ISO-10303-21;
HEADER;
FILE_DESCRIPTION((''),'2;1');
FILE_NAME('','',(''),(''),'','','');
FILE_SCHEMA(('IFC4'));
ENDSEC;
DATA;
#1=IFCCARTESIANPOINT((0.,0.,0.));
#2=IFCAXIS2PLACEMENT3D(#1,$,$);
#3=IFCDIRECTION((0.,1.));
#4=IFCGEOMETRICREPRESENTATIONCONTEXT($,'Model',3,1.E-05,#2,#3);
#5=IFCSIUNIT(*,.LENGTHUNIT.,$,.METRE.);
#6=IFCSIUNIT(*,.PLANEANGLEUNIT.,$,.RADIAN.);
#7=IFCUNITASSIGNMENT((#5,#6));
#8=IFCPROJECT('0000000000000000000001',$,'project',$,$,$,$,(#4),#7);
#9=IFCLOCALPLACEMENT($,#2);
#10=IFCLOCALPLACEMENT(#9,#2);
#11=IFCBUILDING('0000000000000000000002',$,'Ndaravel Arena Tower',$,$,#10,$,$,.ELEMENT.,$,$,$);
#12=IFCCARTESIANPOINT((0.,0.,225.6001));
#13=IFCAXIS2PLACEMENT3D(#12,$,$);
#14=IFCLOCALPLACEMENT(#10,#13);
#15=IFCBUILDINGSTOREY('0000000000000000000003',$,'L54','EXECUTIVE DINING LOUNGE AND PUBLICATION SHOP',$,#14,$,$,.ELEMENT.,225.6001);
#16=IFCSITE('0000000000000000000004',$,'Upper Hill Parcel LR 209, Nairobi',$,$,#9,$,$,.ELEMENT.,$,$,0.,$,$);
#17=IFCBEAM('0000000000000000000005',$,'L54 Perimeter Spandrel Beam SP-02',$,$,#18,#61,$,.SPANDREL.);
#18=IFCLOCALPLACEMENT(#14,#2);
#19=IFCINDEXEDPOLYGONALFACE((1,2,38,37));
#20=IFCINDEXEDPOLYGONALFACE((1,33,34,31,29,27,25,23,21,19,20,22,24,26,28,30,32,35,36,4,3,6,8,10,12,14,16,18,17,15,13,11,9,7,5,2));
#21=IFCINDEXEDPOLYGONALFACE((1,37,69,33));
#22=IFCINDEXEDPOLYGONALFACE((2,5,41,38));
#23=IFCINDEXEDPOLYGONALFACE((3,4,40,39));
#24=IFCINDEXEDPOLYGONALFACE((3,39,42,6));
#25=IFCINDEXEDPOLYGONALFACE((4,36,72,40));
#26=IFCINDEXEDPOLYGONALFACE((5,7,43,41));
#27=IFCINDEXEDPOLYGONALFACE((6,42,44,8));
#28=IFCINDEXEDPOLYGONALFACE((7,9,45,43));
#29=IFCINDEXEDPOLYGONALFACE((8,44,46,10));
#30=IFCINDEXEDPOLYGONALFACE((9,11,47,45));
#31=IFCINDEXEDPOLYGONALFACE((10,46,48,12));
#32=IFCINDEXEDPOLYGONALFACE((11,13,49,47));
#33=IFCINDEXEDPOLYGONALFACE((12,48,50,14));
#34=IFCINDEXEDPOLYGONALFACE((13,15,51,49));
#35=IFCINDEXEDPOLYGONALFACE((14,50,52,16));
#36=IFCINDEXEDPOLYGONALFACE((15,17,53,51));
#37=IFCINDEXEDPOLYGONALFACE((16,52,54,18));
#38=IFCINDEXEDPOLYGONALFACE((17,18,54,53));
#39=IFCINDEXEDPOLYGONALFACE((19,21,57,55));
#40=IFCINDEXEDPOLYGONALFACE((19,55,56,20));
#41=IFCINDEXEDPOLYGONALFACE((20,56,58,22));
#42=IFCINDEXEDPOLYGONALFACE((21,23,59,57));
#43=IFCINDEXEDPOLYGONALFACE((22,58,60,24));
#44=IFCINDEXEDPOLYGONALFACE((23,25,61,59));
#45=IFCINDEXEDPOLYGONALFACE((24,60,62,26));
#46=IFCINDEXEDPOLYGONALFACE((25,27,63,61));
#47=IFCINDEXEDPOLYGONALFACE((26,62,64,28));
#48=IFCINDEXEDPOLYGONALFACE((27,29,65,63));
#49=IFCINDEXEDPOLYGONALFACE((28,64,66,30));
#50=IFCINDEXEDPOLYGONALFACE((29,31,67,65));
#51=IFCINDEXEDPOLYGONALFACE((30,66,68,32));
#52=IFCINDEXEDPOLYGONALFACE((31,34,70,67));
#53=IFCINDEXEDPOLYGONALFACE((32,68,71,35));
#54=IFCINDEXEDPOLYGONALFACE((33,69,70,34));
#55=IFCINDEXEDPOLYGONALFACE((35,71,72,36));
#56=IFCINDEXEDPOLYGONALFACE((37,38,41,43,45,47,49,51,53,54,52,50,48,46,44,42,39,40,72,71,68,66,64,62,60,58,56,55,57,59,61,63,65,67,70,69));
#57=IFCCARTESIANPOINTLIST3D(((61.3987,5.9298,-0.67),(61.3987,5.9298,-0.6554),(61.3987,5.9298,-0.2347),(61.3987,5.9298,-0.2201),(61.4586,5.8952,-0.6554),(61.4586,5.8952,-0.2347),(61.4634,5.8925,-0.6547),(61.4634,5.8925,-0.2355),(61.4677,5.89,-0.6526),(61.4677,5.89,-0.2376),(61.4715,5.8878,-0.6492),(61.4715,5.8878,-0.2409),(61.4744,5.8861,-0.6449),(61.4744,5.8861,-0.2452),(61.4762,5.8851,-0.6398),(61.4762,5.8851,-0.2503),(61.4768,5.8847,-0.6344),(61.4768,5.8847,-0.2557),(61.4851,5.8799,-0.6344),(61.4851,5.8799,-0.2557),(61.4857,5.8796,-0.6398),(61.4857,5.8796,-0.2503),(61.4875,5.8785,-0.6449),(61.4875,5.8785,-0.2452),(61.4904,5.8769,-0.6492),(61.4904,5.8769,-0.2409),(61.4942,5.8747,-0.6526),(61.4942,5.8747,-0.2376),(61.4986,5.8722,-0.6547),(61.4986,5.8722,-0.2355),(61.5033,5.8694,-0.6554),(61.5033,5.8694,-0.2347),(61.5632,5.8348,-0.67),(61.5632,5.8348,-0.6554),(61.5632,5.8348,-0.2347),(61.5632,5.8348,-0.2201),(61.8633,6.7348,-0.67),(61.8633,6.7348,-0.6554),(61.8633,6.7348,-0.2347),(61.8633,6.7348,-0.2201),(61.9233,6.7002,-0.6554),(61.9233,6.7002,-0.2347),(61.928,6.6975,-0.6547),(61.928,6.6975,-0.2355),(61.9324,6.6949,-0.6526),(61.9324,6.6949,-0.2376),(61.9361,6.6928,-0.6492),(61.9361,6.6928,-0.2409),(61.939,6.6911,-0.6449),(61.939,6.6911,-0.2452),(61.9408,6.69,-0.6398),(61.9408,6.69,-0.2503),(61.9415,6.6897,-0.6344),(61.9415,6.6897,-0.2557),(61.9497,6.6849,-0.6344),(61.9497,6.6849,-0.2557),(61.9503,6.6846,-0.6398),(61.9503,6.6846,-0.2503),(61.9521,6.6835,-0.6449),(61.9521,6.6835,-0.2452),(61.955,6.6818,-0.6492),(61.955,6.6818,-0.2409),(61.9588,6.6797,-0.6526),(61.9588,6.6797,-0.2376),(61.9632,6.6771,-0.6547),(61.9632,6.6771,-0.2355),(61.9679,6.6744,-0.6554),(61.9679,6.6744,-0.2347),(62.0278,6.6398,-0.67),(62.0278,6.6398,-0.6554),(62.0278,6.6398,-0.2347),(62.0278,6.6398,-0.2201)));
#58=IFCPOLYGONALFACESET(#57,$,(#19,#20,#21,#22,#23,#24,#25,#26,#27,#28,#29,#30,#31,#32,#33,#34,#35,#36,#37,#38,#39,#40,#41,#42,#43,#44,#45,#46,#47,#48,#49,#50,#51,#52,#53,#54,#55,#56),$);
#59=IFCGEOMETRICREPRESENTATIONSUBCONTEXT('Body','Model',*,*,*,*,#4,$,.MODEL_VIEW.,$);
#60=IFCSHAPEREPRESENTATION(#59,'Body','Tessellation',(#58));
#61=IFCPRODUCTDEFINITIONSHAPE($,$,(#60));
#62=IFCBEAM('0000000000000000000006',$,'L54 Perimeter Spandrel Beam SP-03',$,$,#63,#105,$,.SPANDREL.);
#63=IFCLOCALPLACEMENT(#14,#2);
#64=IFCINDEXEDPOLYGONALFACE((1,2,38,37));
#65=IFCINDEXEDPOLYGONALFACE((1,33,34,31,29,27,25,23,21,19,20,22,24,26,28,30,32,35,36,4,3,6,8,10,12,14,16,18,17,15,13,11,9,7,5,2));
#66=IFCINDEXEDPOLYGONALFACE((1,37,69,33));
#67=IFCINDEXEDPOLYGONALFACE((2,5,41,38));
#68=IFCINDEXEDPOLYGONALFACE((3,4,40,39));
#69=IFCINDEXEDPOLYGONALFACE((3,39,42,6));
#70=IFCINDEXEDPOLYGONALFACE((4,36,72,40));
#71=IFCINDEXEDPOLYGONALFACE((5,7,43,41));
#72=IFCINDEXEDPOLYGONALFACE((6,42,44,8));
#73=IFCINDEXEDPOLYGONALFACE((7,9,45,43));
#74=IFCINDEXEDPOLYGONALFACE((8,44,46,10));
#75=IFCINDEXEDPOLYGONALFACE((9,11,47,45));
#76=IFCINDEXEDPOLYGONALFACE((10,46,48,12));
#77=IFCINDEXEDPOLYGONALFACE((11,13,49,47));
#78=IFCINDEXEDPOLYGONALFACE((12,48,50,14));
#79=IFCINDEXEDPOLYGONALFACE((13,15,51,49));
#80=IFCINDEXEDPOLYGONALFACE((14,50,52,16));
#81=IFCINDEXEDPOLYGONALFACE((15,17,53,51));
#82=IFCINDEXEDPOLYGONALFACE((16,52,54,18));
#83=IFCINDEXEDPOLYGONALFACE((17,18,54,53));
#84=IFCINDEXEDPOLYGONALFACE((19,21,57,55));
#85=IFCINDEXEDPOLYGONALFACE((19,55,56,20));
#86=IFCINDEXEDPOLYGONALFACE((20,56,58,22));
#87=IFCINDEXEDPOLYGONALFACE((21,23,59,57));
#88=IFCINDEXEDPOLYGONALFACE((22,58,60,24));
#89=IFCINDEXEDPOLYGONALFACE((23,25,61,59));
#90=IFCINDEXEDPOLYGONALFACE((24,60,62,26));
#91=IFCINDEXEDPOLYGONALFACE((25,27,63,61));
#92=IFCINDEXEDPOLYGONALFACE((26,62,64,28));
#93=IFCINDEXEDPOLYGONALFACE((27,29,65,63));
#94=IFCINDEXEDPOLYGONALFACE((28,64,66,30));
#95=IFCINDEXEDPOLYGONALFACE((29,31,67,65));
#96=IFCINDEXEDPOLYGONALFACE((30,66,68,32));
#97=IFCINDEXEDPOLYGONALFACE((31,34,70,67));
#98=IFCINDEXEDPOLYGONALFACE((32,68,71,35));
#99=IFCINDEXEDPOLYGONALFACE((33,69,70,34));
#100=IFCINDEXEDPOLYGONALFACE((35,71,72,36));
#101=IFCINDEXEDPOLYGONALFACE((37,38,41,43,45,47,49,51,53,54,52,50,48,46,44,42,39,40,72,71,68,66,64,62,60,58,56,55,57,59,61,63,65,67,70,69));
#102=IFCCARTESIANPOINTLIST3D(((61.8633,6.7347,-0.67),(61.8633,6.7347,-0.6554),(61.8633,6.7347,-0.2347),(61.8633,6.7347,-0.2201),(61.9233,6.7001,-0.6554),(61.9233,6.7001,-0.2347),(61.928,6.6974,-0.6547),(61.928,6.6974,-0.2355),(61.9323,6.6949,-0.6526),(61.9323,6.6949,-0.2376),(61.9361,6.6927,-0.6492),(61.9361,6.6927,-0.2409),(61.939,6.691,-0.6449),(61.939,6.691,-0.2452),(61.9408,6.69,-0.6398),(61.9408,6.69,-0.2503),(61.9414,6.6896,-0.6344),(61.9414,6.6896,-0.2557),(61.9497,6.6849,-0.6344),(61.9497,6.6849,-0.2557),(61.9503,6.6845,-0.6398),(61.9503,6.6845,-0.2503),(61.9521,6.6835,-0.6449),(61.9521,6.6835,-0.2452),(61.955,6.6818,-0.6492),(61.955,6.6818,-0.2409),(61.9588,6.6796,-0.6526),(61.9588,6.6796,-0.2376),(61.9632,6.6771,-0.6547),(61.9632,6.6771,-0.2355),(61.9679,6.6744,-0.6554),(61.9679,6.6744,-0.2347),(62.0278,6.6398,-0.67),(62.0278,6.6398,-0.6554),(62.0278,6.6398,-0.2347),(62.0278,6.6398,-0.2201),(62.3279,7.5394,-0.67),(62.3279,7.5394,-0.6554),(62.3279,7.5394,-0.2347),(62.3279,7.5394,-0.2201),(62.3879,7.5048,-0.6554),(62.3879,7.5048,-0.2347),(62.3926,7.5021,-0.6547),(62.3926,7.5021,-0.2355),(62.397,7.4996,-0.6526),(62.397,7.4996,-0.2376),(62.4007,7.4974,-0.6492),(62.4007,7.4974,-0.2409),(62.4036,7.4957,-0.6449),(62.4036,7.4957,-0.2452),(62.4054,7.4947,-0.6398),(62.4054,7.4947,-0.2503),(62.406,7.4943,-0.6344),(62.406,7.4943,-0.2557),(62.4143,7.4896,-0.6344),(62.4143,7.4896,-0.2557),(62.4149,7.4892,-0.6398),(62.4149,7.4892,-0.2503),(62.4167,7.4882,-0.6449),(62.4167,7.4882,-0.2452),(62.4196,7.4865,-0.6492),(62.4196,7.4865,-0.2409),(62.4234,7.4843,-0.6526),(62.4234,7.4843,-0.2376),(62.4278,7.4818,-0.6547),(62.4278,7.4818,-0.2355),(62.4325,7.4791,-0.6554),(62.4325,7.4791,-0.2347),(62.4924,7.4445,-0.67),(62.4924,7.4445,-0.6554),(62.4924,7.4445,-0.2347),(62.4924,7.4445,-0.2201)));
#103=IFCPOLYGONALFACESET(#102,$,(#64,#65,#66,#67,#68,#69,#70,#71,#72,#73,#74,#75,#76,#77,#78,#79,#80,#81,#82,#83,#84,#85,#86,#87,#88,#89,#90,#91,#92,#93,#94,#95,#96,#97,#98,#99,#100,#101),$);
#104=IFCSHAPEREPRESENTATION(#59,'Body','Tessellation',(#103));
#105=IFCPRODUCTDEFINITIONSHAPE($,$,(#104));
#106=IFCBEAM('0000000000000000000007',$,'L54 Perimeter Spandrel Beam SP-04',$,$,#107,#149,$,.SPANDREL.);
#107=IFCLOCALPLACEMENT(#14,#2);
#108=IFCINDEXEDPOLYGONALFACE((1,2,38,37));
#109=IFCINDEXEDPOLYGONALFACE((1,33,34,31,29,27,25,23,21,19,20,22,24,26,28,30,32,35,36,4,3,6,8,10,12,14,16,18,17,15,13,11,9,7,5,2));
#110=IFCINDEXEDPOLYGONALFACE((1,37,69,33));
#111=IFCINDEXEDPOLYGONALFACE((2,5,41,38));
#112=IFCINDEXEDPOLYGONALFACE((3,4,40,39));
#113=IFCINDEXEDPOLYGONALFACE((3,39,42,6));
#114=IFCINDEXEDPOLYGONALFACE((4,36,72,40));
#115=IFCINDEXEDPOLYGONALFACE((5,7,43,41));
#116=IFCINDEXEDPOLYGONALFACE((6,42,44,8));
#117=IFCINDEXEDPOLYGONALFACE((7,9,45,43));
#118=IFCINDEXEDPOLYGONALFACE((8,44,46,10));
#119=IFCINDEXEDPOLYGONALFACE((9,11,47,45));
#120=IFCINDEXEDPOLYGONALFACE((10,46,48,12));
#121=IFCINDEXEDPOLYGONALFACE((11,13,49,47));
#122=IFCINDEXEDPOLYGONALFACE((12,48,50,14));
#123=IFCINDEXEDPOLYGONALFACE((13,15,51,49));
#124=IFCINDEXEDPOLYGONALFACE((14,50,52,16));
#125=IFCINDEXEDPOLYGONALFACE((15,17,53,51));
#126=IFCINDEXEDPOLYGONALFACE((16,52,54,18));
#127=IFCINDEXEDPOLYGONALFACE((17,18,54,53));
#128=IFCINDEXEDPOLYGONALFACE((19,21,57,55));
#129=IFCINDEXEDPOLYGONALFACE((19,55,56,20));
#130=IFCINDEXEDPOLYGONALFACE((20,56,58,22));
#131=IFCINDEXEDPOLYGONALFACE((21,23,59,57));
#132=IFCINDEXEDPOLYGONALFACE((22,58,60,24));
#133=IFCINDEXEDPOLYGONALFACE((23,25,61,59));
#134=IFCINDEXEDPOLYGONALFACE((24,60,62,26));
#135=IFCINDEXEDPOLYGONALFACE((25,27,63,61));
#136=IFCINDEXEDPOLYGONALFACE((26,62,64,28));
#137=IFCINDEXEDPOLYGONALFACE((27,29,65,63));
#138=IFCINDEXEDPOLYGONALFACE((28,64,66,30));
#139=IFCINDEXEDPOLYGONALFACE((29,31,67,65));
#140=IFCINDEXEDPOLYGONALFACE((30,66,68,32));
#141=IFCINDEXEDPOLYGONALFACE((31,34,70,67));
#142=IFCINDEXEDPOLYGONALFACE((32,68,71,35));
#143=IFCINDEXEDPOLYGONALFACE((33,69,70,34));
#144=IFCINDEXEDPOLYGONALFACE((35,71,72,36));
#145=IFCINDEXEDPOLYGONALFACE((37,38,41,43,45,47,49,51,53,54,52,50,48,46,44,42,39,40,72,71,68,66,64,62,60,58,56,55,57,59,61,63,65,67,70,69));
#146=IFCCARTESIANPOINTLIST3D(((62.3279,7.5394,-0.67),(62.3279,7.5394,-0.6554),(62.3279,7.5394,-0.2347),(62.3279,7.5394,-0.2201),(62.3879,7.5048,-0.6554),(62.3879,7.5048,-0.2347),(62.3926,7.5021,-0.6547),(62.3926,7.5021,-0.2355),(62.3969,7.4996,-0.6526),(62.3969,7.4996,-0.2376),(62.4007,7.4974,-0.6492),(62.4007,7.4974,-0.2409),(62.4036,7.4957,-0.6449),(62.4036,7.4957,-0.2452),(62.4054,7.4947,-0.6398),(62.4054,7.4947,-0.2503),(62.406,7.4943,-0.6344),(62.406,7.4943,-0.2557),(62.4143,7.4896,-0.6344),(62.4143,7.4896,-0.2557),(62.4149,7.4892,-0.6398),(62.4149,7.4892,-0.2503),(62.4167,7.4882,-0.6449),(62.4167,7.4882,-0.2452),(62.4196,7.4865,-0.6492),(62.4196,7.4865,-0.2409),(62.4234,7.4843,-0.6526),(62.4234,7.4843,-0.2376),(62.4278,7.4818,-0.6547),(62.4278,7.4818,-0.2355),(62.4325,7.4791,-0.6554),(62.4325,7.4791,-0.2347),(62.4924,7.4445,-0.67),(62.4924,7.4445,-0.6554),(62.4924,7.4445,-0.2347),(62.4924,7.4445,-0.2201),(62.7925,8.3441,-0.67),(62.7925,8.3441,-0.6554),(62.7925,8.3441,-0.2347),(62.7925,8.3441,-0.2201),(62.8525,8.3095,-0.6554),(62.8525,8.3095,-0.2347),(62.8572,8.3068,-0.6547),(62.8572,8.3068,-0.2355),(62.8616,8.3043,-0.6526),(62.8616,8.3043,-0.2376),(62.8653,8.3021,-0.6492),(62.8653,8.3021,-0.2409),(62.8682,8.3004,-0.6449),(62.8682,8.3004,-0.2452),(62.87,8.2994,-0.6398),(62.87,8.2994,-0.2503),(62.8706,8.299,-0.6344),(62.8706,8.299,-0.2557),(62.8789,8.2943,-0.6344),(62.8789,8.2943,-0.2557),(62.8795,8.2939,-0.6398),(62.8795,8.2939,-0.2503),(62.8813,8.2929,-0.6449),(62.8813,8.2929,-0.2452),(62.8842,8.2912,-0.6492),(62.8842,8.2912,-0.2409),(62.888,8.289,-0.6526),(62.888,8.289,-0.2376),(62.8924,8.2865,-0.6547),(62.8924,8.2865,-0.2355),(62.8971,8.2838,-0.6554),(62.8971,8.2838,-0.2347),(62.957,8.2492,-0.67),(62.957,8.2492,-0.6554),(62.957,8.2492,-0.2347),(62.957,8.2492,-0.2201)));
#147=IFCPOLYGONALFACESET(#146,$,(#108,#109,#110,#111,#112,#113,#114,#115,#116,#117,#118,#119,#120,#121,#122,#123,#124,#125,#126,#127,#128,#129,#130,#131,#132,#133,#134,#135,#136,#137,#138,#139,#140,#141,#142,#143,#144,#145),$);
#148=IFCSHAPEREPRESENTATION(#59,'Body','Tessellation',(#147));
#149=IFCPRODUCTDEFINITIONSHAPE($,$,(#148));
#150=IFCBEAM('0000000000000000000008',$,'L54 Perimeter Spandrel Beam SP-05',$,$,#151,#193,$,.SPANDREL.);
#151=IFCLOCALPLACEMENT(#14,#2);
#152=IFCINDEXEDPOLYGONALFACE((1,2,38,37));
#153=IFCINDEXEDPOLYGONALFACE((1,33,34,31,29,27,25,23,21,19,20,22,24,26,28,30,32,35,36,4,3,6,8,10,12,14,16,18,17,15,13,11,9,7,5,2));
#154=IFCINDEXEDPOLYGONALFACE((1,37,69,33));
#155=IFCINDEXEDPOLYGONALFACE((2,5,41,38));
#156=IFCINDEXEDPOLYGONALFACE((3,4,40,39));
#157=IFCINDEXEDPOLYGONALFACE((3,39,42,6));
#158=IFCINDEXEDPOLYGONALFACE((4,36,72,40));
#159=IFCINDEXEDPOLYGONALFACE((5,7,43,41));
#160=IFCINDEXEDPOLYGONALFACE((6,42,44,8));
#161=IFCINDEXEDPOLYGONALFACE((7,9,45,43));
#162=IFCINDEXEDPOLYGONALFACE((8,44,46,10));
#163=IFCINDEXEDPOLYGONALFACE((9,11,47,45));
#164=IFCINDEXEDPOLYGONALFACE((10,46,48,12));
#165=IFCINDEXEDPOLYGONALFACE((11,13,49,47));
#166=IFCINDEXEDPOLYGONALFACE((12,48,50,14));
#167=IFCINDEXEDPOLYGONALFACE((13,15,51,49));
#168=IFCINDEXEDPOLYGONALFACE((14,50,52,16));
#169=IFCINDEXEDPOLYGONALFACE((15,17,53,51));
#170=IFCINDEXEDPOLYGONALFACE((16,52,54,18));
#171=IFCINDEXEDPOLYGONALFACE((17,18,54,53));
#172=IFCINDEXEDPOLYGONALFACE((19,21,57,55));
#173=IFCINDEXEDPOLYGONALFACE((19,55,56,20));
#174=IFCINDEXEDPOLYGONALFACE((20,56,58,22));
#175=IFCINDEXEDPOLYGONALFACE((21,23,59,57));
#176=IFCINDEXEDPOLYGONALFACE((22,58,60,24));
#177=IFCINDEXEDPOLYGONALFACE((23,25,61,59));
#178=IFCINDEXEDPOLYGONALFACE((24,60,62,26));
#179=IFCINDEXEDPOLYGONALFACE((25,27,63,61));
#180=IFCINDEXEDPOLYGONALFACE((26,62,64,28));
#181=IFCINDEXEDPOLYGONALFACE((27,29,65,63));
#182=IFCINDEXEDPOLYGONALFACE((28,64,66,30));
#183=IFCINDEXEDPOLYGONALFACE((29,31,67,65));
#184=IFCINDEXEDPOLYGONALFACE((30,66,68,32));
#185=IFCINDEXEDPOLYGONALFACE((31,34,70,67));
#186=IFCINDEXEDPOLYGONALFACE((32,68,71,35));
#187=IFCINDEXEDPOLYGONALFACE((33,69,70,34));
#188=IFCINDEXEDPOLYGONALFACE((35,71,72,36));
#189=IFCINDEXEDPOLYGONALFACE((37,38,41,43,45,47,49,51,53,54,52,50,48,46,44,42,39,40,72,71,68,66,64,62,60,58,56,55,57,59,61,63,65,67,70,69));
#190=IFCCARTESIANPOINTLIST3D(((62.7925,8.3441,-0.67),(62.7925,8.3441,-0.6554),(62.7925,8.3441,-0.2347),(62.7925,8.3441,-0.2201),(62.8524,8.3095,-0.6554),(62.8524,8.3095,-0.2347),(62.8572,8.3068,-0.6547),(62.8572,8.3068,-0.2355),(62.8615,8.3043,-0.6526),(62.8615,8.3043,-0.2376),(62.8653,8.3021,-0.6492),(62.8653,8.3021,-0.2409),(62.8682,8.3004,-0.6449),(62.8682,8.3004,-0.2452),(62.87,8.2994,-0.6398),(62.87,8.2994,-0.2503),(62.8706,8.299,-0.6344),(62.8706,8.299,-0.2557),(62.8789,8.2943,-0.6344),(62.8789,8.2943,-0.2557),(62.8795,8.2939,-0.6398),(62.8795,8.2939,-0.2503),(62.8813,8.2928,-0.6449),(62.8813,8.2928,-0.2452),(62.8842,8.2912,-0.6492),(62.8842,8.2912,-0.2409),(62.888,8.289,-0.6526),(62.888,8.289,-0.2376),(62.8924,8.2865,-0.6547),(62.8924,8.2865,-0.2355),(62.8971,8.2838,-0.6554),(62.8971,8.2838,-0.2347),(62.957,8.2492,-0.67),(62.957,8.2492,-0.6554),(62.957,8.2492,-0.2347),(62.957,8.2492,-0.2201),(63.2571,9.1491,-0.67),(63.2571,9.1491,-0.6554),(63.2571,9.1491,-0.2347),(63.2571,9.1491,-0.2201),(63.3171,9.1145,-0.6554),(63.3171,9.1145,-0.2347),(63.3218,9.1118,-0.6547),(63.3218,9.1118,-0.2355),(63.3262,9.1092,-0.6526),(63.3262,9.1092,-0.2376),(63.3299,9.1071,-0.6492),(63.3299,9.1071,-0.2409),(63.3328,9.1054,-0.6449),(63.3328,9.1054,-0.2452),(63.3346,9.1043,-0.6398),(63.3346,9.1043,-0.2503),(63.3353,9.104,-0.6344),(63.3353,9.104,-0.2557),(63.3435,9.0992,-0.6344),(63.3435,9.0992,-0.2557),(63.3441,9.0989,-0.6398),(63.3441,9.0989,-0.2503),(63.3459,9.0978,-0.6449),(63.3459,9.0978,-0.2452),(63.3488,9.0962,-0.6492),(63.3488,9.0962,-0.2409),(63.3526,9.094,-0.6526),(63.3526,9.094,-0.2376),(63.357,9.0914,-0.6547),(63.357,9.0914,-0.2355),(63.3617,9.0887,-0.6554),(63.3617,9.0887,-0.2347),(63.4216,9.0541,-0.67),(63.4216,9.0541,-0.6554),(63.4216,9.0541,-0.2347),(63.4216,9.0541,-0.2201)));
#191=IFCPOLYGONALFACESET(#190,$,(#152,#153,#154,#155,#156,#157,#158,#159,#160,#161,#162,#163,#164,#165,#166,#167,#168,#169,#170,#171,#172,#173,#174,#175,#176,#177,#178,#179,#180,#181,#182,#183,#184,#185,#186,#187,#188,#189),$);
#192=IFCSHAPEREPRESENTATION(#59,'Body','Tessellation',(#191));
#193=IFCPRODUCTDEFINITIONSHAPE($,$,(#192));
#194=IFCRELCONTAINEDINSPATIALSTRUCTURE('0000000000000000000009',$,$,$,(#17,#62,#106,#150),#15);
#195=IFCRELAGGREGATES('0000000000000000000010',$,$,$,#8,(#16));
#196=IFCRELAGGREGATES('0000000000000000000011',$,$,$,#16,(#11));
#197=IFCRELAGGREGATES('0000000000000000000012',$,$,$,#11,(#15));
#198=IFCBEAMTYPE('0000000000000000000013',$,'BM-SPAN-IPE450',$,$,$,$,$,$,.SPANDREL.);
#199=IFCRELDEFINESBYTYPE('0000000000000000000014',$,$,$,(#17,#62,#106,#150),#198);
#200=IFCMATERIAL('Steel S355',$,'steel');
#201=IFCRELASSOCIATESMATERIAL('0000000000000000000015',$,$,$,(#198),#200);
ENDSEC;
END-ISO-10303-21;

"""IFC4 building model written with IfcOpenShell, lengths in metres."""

from ifc_helpers import new_model, si_unit, direction, frame, origin, origin_2d, place, context, subcontext, project, spatial, i_section, extrude, material, material_profile, profile_set, type_object, element, save


model = new_model("IFC4")

# Units and contexts
model_context = context("Model", 3, precision=1e-05, world=origin(), true_north=direction((0.0, 1.0)))
body_context = subcontext(model_context, "Body", "Model", "MODEL_VIEW")
ifc_project = project(units=[si_unit("LENGTHUNIT", "METRE"), si_unit("PLANEANGLEUNIT", "RADIAN")], contexts=[model_context])

# Site, building, storey
site_placement = place(None, origin())
site = spatial("IfcSite", under=ifc_project, at=site_placement, Name="Upper Hill Parcel LR 209, Nairobi", CompositionType="ELEMENT", RefElevation=0.0)
building_placement = place(site_placement, origin())
building = spatial("IfcBuilding", under=site, at=building_placement, Name="Ndaravel Arena Tower", CompositionType="ELEMENT")
storey_placement = place(building_placement, frame((0.0, 0.0, 225.6001)))
storey = spatial("IfcBuildingStorey", under=building, at=storey_placement, Name="L54", Description="EXECUTIVE DINING LOUNGE AND PUBLICATION SHOP", CompositionType="ELEMENT", Elevation=225.6001)

# Beams
ifc_material_1 = material(Name="Steel S355", Category="steel")
ifc_material_profile_1 = material_profile(ifc_material_1, i_section(OverallWidth=0.1899, OverallDepth=0.45, WebThickness=0.0095, FlangeThickness=0.0146, FilletRadius=0.021, at=origin_2d()), Name="IPE 450")
ifc_profile_set_1 = profile_set([ifc_material_profile_1], Name="Steel S355")
beam_type = type_object("IfcBeamType", Name="BM-SPAN-IPE450", PredefinedType="SPANDREL", material=ifc_profile_set_1)
beam_1_placement = place(storey_placement, frame((61.481, 5.8823, -0.4451), z_axis=(0.499897, 0.866085, 0.0), x_axis=(-0.866085, 0.499897, 0.0)))
element("IfcBeam", 1, at=beam_1_placement, inside=storey, type_object=beam_type, Name="L54 Perimeter Spandrel Beam SP-02", PredefinedType="SPANDREL", context=body_context, shape_type="SweptSolid", body=[
    extrude(i_section(OverallWidth=0.1899, OverallDepth=0.45, WebThickness=0.0095, FlangeThickness=0.0146, FilletRadius=0.021, at=origin_2d()), origin(), (0.0, 0.0, 1.0), 0.9294),
])
for number, where, z_axis, x_axis, name in (
    (2, (61.9456, 6.6873, -0.4451), (0.500011, 0.866019, 0.0), (-0.866019, 0.500011, 0.0), "L54 Perimeter Spandrel Beam SP-03"),
    (3, (62.4102, 7.4919, -0.4451), (0.500011, 0.866019, 0.0), (-0.866019, 0.500011, 0.0), "L54 Perimeter Spandrel Beam SP-04"),
):
    element("IfcBeam", number, at=place(storey_placement, frame(where, z_axis=z_axis, x_axis=x_axis)), inside=storey, type_object=beam_type, Name=name, PredefinedType="SPANDREL", context=body_context, shape_type="SweptSolid", body=[
        extrude(i_section(OverallWidth=0.1899, OverallDepth=0.45, WebThickness=0.0095, FlangeThickness=0.0146, FilletRadius=0.021, at=origin_2d()), origin(), (0.0, 0.0, 1.0), 0.9292),
    ])
beam_2_placement = place(storey_placement, frame((62.8748, 8.2966, -0.4451), z_axis=(0.499897, 0.866085, 0.0), x_axis=(-0.866085, 0.499897, 0.0)))
element("IfcBeam", 4, at=beam_2_placement, inside=storey, type_object=beam_type, Name="L54 Perimeter Spandrel Beam SP-05", PredefinedType="SPANDREL", context=body_context, shape_type="SweptSolid", body=[
    extrude(i_section(OverallWidth=0.1899, OverallDepth=0.45, WebThickness=0.0095, FlangeThickness=0.0146, FilletRadius=0.021, at=origin_2d()), origin(), (0.0, 0.0, 1.0), 0.9294),
])

save(model, "model.ifc")
